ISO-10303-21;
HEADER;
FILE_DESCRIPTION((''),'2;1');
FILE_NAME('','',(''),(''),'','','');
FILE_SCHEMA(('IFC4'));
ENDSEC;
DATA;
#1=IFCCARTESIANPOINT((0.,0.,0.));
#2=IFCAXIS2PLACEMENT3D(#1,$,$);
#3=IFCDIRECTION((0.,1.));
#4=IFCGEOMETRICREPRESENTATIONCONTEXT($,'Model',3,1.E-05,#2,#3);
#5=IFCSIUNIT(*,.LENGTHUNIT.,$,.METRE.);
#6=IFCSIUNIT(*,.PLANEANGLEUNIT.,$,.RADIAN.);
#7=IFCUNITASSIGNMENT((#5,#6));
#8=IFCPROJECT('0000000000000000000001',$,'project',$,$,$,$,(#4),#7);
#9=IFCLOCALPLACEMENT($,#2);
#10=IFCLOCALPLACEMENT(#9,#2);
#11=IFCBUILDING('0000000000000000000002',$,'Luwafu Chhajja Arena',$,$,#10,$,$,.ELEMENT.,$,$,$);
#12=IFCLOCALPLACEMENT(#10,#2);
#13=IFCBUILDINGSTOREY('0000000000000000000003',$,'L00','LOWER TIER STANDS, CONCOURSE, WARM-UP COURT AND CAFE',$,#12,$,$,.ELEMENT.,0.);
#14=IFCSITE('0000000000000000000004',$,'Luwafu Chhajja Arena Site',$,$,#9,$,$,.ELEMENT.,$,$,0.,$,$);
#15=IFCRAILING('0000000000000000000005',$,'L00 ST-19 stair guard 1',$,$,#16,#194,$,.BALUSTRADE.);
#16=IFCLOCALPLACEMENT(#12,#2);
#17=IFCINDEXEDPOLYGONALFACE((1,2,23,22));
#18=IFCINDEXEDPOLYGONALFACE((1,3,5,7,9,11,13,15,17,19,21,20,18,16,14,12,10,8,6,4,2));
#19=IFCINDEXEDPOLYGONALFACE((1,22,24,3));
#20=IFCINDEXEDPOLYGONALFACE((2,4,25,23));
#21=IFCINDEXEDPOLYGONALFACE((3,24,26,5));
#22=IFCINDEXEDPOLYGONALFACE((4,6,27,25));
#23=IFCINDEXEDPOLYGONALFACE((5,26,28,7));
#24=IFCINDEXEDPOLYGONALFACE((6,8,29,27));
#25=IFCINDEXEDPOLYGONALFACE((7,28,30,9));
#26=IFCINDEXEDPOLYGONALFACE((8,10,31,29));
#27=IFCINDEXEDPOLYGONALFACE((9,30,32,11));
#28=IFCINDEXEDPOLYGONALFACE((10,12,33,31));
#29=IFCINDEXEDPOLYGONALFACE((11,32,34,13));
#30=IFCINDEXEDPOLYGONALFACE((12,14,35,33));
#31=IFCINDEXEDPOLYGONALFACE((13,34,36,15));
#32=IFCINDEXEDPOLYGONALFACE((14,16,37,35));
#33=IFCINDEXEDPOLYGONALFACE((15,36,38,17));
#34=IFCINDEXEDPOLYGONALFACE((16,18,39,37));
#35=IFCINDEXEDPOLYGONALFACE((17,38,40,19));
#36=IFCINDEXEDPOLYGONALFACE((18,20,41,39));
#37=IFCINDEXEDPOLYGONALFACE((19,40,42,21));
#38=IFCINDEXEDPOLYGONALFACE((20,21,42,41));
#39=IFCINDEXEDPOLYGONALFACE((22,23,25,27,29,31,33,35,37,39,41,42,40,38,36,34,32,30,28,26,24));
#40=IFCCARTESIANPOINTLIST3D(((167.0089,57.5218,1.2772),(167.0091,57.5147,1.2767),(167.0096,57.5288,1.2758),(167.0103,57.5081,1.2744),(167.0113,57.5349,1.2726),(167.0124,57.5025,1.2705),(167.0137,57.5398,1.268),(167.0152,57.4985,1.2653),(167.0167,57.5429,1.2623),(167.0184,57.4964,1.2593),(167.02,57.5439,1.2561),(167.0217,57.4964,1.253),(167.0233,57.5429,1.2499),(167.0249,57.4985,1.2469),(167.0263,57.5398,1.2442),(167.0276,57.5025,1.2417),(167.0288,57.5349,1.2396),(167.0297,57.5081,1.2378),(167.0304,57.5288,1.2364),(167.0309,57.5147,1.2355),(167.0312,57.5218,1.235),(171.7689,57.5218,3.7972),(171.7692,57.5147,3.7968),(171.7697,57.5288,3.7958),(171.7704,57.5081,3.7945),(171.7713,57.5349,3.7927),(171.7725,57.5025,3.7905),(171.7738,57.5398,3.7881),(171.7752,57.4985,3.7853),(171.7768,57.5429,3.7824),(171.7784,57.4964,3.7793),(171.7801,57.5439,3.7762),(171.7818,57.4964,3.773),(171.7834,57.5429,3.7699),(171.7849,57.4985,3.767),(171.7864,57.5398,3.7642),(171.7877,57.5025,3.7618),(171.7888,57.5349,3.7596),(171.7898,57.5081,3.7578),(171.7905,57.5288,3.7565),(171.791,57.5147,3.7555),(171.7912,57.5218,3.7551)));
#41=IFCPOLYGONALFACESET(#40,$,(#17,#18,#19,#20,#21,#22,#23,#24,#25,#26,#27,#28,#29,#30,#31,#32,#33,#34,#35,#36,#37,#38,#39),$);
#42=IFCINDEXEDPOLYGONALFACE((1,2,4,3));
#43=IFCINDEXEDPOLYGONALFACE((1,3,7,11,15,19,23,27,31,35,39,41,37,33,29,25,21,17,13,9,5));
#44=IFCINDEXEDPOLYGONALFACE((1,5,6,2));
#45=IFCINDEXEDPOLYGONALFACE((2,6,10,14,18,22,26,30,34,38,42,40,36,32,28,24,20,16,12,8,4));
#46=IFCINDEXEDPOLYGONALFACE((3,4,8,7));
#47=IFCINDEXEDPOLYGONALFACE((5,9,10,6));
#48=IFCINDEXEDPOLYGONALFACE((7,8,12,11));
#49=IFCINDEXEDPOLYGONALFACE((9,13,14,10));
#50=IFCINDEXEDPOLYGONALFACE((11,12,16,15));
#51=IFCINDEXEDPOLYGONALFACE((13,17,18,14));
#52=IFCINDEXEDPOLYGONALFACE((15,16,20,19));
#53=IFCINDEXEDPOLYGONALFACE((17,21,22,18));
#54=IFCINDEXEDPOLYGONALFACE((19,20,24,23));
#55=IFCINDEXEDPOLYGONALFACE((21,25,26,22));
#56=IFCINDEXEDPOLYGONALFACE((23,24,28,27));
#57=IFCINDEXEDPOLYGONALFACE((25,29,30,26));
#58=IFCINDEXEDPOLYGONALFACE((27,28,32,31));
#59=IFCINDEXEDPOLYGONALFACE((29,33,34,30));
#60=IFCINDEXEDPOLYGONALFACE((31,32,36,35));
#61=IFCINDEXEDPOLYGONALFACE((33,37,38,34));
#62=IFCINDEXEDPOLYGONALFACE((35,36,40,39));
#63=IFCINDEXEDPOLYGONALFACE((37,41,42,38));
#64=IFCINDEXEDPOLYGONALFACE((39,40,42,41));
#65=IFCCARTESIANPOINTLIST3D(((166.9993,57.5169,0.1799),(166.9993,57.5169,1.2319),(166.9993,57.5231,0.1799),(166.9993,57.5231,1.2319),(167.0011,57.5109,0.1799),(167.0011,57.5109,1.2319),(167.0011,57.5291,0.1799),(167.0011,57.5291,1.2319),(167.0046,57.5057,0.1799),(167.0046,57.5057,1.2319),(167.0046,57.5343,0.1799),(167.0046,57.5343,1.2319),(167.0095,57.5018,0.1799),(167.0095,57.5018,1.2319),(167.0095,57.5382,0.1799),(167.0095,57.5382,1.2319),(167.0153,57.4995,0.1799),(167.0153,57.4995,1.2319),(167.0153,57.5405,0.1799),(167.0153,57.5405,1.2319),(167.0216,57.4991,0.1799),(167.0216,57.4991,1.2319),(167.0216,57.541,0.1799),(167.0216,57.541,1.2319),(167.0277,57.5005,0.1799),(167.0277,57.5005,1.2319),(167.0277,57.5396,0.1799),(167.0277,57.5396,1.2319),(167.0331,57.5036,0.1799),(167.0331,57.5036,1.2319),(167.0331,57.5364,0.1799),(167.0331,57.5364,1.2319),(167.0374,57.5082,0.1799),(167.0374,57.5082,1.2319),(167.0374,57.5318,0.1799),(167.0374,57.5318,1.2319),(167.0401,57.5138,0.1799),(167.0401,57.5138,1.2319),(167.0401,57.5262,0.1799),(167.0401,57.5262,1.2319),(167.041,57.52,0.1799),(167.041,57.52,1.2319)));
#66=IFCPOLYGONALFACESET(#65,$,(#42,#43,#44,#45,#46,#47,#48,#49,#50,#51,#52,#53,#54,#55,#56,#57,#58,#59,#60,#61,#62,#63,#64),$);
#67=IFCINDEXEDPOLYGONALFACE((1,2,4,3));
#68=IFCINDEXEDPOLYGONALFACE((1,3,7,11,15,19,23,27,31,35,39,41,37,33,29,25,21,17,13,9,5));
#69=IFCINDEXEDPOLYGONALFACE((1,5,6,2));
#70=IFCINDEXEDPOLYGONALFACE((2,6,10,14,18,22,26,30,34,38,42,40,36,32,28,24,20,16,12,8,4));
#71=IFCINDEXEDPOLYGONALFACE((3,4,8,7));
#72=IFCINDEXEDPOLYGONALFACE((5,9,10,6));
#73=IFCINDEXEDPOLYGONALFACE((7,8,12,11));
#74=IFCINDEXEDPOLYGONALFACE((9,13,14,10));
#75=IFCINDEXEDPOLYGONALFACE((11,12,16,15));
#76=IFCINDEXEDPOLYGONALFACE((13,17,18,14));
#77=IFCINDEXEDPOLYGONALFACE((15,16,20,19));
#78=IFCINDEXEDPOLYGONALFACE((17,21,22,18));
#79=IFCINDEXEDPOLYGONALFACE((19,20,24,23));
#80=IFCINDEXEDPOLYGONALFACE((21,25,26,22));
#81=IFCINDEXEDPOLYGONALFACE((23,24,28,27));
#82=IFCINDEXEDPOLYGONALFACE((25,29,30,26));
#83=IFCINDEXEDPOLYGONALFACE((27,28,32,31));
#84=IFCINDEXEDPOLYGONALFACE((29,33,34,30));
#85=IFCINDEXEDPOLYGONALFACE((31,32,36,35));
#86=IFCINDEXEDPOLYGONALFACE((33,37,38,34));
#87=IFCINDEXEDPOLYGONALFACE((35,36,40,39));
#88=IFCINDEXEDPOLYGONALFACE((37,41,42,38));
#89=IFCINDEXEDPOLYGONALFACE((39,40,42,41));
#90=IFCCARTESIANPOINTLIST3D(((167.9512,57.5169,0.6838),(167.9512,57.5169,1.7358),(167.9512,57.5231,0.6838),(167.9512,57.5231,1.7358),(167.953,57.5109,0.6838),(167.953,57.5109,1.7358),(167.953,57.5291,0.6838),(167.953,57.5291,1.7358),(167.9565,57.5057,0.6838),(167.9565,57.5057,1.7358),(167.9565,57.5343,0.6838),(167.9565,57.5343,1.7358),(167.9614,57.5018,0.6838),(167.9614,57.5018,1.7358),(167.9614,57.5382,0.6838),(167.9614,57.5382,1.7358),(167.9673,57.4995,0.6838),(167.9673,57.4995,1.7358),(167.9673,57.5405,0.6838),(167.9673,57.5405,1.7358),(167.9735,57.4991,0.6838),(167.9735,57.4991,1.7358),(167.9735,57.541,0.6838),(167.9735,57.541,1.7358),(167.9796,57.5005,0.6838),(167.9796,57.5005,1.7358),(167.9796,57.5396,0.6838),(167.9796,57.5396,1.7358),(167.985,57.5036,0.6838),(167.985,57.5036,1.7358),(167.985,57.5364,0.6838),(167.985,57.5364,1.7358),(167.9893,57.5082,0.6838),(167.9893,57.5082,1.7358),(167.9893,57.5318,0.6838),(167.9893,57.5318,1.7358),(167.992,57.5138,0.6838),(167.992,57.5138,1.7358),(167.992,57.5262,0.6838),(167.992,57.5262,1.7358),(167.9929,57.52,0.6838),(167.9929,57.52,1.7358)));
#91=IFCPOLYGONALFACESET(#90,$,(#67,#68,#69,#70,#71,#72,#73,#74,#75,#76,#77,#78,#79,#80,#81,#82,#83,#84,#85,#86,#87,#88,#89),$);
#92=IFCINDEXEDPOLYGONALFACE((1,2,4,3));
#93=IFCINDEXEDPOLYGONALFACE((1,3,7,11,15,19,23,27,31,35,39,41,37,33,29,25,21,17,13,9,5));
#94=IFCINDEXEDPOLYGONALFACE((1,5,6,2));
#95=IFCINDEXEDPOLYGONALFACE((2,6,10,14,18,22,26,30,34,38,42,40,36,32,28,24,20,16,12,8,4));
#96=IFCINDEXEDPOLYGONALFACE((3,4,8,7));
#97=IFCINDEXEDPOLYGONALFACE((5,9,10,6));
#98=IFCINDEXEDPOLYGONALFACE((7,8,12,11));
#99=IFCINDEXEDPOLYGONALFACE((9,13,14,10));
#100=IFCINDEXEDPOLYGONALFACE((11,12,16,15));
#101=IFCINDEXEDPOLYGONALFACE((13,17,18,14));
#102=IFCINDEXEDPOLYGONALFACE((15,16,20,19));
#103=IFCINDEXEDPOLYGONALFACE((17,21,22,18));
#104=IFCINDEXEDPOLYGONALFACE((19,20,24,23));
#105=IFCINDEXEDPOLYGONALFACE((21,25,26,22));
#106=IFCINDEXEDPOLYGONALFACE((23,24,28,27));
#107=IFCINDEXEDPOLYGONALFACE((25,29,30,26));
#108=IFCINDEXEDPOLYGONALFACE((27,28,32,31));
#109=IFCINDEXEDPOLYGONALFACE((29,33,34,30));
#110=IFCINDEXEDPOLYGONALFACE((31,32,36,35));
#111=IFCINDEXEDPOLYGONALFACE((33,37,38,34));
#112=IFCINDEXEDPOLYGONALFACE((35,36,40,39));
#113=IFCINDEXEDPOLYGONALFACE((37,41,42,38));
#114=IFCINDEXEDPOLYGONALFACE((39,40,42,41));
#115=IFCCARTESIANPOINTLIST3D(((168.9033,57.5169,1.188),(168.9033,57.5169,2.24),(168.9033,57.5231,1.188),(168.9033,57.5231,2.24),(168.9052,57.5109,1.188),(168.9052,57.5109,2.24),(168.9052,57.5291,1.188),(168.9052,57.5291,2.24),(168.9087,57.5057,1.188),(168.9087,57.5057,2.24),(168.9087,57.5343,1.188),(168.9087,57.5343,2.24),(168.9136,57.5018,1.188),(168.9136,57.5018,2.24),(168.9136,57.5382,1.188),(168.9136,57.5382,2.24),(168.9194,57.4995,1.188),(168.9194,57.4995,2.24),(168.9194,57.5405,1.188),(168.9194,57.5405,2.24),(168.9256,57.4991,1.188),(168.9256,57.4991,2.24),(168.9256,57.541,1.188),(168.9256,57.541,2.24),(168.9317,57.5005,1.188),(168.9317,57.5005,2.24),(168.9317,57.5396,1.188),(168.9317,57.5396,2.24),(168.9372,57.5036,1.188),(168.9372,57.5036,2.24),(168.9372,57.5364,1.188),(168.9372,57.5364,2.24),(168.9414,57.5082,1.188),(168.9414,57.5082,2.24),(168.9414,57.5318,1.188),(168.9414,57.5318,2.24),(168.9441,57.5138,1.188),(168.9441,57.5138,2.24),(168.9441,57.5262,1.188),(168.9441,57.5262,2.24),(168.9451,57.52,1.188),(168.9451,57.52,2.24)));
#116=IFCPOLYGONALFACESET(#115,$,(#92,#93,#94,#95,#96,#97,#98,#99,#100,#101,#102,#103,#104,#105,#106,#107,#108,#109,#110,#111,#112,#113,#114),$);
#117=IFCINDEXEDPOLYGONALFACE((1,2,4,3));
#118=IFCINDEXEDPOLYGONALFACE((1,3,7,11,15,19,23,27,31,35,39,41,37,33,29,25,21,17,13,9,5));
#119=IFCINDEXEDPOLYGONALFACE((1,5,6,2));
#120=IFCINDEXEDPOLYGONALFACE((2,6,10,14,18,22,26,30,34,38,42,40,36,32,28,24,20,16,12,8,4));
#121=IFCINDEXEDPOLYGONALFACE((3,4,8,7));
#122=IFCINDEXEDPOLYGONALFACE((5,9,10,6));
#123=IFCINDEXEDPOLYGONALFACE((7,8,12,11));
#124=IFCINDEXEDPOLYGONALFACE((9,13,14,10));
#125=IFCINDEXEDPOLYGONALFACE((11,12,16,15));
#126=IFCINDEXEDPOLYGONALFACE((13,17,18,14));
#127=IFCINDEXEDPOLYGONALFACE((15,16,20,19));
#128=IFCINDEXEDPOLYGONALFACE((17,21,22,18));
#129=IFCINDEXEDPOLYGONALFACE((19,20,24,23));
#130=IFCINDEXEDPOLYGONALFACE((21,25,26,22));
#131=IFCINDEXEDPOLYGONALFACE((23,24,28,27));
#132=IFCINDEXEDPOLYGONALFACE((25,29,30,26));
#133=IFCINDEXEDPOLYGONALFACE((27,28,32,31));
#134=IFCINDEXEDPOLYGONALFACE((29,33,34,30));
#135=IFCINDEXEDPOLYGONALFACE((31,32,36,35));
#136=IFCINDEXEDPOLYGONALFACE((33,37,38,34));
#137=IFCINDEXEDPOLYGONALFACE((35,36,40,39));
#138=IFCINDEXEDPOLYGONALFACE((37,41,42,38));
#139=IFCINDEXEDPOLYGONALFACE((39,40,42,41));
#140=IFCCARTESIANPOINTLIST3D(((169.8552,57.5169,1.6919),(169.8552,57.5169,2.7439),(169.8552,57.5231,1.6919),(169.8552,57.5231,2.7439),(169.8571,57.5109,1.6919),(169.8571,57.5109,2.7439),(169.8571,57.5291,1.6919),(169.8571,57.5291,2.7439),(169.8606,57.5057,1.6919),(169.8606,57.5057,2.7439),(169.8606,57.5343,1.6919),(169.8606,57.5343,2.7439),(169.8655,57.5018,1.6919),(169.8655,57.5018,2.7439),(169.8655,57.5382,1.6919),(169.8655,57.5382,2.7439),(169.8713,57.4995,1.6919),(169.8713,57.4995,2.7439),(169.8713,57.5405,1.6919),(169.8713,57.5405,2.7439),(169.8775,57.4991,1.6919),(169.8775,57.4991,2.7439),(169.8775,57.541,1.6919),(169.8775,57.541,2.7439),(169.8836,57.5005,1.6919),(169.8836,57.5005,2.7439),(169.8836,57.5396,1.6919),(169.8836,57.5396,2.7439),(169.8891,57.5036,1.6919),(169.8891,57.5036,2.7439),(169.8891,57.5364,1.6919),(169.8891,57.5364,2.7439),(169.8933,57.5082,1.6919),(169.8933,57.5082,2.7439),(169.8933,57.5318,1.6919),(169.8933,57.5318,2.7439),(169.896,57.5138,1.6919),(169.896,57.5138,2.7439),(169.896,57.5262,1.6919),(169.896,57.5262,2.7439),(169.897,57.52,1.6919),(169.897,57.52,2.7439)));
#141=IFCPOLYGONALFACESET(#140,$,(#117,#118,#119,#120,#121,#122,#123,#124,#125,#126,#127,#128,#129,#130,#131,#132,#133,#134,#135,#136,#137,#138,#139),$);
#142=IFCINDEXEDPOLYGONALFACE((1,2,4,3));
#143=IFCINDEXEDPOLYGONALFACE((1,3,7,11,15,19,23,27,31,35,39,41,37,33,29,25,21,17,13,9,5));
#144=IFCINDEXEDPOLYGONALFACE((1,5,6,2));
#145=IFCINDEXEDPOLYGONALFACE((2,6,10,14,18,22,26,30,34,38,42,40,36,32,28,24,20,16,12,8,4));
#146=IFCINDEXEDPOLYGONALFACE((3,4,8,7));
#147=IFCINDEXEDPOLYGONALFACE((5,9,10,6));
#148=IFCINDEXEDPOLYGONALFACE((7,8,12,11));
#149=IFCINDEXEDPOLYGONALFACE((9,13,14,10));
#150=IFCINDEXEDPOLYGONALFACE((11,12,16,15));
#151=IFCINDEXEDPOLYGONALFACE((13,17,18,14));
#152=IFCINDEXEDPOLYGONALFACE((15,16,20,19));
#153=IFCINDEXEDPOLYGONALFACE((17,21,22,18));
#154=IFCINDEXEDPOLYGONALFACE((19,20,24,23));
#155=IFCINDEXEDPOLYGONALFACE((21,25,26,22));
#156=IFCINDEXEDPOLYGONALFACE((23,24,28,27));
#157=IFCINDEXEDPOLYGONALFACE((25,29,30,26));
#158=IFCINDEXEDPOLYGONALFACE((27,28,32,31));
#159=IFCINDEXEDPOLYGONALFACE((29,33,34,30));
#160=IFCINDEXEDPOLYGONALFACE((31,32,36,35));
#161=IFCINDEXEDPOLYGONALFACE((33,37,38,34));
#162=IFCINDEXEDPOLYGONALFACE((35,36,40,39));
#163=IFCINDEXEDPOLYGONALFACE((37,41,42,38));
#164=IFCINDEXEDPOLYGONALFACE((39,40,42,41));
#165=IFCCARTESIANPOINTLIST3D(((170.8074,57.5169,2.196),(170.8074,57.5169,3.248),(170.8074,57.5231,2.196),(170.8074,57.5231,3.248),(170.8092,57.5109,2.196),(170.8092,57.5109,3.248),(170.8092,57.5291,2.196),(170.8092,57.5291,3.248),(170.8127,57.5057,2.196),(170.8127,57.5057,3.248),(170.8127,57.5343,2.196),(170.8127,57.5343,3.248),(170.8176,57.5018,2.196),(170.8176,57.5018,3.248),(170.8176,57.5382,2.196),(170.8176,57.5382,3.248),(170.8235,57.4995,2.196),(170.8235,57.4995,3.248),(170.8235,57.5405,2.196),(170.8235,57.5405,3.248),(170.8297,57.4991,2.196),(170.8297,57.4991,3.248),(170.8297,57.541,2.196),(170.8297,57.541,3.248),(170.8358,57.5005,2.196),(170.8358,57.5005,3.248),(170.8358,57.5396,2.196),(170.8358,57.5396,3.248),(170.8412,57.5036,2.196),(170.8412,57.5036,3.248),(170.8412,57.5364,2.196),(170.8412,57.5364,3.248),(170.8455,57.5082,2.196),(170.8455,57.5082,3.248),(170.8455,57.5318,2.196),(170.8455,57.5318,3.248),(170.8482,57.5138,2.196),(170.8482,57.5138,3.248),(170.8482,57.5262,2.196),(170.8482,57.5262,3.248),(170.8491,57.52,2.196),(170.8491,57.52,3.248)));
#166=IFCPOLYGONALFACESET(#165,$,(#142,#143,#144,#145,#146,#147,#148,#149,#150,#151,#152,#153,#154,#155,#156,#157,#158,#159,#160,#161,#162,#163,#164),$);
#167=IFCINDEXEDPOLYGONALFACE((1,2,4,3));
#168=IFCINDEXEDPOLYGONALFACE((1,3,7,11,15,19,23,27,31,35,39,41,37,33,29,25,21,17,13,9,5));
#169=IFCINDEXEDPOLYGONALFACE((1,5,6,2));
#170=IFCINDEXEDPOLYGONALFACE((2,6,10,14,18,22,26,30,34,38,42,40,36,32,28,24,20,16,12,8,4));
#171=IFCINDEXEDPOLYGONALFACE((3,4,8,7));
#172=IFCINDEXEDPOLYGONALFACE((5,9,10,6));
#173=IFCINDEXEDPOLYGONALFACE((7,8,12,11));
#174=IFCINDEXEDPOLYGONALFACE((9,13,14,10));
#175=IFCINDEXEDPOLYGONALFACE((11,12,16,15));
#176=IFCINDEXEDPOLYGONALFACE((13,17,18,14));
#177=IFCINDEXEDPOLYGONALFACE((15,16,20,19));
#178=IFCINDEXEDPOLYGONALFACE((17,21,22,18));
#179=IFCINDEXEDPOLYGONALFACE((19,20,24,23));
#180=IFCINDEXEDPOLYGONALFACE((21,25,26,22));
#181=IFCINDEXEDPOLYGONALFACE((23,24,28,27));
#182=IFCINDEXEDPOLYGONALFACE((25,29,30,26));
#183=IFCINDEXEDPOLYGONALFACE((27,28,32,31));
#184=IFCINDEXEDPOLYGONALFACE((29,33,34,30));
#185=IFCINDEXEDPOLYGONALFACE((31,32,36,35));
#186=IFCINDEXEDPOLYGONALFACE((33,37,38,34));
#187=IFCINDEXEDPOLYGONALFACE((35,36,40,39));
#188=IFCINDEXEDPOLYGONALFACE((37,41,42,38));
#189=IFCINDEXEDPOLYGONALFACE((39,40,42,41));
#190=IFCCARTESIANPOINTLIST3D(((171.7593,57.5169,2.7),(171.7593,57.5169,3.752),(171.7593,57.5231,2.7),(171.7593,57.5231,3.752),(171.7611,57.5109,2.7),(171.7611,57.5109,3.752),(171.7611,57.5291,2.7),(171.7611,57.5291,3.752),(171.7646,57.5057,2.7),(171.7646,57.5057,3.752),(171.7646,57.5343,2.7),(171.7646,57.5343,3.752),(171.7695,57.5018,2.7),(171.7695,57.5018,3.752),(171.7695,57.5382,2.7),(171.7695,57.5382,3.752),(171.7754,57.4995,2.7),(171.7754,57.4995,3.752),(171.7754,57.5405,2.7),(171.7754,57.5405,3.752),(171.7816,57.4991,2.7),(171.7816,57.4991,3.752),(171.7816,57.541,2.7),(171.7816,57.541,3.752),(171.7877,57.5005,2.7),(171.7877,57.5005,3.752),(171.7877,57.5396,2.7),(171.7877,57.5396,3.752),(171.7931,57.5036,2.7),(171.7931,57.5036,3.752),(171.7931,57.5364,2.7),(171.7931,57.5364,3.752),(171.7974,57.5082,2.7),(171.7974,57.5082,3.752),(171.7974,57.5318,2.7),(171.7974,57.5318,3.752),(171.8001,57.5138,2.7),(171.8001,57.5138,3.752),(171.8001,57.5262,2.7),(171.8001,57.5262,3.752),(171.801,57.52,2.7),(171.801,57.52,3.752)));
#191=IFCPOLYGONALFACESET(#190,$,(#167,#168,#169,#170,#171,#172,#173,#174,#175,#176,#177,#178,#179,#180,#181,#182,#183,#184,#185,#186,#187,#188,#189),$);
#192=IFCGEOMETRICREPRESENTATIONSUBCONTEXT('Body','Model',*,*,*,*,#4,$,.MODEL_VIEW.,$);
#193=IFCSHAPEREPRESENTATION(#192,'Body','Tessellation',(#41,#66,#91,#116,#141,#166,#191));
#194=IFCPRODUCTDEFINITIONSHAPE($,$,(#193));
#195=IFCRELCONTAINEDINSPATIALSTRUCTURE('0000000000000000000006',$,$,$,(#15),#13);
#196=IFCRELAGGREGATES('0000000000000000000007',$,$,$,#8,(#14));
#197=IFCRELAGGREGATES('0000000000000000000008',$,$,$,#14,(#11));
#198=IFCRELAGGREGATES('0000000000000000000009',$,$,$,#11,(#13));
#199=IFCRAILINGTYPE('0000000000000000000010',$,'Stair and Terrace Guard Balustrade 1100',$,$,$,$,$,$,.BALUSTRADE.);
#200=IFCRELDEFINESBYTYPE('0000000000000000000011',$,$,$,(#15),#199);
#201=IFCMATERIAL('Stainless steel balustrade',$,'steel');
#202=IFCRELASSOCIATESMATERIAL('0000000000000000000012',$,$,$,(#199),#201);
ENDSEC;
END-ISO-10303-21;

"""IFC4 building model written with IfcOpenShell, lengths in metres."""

from ifc_helpers import new_model, si_unit, direction, frame, origin, origin_2d, place, context, subcontext, project, spatial, circle, extrude, material, type_object, element, save


model = new_model("IFC4")

# Units and contexts
model_context = context("Model", 3, precision=1e-05, world=origin(), true_north=direction((0.0, 1.0)))
body_context = subcontext(model_context, "Body", "Model", "MODEL_VIEW")
ifc_project = project(units=[si_unit("LENGTHUNIT", "METRE"), si_unit("PLANEANGLEUNIT", "RADIAN")], contexts=[model_context])

# Site, building, storey
site_placement = place(None, origin())
site = spatial("IfcSite", under=ifc_project, at=site_placement, Name="Luwafu Chhajja Arena Site", CompositionType="ELEMENT", RefElevation=0.0)
building_placement = place(site_placement, origin())
building = spatial("IfcBuilding", under=site, at=building_placement, Name="Luwafu Chhajja Arena", CompositionType="ELEMENT")
storey_placement = place(building_placement, origin())
storey = spatial("IfcBuildingStorey", under=building, at=storey_placement, Name="L00", Description="LOWER TIER STANDS, CONCOURSE, WARM-UP COURT AND CAFE", CompositionType="ELEMENT", Elevation=0.0)

# Railing
ifc_material_1 = material(Name="Stainless steel balustrade", Category="steel")
railing_type_1 = type_object("IfcRailingType", Name="Stair and Terrace Guard Balustrade 1100", PredefinedType="BALUSTRADE", material=ifc_material_1)
railing_1_placement = place(storey_placement, frame((167.02, 57.52, 0.1799)))
element("IfcRailing", 1, at=railing_1_placement, inside=storey, type_object=railing_type_1, Name="L00 ST-19 stair guard 1", PredefinedType="BALUSTRADE", context=body_context, shape_type="SweptSolid", body=[
    extrude(circle(Radius=0.0239, at=origin_2d()), frame((0.0, 0.0, 1.0762), z_axis=(0.883787, 0.0, 0.46789), x_axis=(0.0, 1.0, 0.0)), (0.0, 0.0, 1.0), 5.386),
    extrude(circle(Radius=0.021, at=origin_2d()), origin(), (0.0, 0.0, 1.0), 1.052),
    extrude(circle(Radius=0.021, at=origin_2d()), frame((0.9519, 0.0, 0.5039)), (0.0, 0.0, 1.0), 1.052),
    extrude(circle(Radius=0.021, at=origin_2d()), frame((1.9041, 0.0, 1.0081)), (0.0, 0.0, 1.0), 1.052),
    extrude(circle(Radius=0.021, at=origin_2d()), frame((2.856, 0.0, 1.512)), (0.0, 0.0, 1.0), 1.052),
    extrude(circle(Radius=0.021, at=origin_2d()), frame((3.8081, 0.0, 2.0161)), (0.0, 0.0, 1.0), 1.052),
    extrude(circle(Radius=0.021, at=origin_2d()), frame((4.76, 0.0, 2.52)), (0.0, 0.0, 1.0), 1.052),
])

save(model, "model.ifc")
